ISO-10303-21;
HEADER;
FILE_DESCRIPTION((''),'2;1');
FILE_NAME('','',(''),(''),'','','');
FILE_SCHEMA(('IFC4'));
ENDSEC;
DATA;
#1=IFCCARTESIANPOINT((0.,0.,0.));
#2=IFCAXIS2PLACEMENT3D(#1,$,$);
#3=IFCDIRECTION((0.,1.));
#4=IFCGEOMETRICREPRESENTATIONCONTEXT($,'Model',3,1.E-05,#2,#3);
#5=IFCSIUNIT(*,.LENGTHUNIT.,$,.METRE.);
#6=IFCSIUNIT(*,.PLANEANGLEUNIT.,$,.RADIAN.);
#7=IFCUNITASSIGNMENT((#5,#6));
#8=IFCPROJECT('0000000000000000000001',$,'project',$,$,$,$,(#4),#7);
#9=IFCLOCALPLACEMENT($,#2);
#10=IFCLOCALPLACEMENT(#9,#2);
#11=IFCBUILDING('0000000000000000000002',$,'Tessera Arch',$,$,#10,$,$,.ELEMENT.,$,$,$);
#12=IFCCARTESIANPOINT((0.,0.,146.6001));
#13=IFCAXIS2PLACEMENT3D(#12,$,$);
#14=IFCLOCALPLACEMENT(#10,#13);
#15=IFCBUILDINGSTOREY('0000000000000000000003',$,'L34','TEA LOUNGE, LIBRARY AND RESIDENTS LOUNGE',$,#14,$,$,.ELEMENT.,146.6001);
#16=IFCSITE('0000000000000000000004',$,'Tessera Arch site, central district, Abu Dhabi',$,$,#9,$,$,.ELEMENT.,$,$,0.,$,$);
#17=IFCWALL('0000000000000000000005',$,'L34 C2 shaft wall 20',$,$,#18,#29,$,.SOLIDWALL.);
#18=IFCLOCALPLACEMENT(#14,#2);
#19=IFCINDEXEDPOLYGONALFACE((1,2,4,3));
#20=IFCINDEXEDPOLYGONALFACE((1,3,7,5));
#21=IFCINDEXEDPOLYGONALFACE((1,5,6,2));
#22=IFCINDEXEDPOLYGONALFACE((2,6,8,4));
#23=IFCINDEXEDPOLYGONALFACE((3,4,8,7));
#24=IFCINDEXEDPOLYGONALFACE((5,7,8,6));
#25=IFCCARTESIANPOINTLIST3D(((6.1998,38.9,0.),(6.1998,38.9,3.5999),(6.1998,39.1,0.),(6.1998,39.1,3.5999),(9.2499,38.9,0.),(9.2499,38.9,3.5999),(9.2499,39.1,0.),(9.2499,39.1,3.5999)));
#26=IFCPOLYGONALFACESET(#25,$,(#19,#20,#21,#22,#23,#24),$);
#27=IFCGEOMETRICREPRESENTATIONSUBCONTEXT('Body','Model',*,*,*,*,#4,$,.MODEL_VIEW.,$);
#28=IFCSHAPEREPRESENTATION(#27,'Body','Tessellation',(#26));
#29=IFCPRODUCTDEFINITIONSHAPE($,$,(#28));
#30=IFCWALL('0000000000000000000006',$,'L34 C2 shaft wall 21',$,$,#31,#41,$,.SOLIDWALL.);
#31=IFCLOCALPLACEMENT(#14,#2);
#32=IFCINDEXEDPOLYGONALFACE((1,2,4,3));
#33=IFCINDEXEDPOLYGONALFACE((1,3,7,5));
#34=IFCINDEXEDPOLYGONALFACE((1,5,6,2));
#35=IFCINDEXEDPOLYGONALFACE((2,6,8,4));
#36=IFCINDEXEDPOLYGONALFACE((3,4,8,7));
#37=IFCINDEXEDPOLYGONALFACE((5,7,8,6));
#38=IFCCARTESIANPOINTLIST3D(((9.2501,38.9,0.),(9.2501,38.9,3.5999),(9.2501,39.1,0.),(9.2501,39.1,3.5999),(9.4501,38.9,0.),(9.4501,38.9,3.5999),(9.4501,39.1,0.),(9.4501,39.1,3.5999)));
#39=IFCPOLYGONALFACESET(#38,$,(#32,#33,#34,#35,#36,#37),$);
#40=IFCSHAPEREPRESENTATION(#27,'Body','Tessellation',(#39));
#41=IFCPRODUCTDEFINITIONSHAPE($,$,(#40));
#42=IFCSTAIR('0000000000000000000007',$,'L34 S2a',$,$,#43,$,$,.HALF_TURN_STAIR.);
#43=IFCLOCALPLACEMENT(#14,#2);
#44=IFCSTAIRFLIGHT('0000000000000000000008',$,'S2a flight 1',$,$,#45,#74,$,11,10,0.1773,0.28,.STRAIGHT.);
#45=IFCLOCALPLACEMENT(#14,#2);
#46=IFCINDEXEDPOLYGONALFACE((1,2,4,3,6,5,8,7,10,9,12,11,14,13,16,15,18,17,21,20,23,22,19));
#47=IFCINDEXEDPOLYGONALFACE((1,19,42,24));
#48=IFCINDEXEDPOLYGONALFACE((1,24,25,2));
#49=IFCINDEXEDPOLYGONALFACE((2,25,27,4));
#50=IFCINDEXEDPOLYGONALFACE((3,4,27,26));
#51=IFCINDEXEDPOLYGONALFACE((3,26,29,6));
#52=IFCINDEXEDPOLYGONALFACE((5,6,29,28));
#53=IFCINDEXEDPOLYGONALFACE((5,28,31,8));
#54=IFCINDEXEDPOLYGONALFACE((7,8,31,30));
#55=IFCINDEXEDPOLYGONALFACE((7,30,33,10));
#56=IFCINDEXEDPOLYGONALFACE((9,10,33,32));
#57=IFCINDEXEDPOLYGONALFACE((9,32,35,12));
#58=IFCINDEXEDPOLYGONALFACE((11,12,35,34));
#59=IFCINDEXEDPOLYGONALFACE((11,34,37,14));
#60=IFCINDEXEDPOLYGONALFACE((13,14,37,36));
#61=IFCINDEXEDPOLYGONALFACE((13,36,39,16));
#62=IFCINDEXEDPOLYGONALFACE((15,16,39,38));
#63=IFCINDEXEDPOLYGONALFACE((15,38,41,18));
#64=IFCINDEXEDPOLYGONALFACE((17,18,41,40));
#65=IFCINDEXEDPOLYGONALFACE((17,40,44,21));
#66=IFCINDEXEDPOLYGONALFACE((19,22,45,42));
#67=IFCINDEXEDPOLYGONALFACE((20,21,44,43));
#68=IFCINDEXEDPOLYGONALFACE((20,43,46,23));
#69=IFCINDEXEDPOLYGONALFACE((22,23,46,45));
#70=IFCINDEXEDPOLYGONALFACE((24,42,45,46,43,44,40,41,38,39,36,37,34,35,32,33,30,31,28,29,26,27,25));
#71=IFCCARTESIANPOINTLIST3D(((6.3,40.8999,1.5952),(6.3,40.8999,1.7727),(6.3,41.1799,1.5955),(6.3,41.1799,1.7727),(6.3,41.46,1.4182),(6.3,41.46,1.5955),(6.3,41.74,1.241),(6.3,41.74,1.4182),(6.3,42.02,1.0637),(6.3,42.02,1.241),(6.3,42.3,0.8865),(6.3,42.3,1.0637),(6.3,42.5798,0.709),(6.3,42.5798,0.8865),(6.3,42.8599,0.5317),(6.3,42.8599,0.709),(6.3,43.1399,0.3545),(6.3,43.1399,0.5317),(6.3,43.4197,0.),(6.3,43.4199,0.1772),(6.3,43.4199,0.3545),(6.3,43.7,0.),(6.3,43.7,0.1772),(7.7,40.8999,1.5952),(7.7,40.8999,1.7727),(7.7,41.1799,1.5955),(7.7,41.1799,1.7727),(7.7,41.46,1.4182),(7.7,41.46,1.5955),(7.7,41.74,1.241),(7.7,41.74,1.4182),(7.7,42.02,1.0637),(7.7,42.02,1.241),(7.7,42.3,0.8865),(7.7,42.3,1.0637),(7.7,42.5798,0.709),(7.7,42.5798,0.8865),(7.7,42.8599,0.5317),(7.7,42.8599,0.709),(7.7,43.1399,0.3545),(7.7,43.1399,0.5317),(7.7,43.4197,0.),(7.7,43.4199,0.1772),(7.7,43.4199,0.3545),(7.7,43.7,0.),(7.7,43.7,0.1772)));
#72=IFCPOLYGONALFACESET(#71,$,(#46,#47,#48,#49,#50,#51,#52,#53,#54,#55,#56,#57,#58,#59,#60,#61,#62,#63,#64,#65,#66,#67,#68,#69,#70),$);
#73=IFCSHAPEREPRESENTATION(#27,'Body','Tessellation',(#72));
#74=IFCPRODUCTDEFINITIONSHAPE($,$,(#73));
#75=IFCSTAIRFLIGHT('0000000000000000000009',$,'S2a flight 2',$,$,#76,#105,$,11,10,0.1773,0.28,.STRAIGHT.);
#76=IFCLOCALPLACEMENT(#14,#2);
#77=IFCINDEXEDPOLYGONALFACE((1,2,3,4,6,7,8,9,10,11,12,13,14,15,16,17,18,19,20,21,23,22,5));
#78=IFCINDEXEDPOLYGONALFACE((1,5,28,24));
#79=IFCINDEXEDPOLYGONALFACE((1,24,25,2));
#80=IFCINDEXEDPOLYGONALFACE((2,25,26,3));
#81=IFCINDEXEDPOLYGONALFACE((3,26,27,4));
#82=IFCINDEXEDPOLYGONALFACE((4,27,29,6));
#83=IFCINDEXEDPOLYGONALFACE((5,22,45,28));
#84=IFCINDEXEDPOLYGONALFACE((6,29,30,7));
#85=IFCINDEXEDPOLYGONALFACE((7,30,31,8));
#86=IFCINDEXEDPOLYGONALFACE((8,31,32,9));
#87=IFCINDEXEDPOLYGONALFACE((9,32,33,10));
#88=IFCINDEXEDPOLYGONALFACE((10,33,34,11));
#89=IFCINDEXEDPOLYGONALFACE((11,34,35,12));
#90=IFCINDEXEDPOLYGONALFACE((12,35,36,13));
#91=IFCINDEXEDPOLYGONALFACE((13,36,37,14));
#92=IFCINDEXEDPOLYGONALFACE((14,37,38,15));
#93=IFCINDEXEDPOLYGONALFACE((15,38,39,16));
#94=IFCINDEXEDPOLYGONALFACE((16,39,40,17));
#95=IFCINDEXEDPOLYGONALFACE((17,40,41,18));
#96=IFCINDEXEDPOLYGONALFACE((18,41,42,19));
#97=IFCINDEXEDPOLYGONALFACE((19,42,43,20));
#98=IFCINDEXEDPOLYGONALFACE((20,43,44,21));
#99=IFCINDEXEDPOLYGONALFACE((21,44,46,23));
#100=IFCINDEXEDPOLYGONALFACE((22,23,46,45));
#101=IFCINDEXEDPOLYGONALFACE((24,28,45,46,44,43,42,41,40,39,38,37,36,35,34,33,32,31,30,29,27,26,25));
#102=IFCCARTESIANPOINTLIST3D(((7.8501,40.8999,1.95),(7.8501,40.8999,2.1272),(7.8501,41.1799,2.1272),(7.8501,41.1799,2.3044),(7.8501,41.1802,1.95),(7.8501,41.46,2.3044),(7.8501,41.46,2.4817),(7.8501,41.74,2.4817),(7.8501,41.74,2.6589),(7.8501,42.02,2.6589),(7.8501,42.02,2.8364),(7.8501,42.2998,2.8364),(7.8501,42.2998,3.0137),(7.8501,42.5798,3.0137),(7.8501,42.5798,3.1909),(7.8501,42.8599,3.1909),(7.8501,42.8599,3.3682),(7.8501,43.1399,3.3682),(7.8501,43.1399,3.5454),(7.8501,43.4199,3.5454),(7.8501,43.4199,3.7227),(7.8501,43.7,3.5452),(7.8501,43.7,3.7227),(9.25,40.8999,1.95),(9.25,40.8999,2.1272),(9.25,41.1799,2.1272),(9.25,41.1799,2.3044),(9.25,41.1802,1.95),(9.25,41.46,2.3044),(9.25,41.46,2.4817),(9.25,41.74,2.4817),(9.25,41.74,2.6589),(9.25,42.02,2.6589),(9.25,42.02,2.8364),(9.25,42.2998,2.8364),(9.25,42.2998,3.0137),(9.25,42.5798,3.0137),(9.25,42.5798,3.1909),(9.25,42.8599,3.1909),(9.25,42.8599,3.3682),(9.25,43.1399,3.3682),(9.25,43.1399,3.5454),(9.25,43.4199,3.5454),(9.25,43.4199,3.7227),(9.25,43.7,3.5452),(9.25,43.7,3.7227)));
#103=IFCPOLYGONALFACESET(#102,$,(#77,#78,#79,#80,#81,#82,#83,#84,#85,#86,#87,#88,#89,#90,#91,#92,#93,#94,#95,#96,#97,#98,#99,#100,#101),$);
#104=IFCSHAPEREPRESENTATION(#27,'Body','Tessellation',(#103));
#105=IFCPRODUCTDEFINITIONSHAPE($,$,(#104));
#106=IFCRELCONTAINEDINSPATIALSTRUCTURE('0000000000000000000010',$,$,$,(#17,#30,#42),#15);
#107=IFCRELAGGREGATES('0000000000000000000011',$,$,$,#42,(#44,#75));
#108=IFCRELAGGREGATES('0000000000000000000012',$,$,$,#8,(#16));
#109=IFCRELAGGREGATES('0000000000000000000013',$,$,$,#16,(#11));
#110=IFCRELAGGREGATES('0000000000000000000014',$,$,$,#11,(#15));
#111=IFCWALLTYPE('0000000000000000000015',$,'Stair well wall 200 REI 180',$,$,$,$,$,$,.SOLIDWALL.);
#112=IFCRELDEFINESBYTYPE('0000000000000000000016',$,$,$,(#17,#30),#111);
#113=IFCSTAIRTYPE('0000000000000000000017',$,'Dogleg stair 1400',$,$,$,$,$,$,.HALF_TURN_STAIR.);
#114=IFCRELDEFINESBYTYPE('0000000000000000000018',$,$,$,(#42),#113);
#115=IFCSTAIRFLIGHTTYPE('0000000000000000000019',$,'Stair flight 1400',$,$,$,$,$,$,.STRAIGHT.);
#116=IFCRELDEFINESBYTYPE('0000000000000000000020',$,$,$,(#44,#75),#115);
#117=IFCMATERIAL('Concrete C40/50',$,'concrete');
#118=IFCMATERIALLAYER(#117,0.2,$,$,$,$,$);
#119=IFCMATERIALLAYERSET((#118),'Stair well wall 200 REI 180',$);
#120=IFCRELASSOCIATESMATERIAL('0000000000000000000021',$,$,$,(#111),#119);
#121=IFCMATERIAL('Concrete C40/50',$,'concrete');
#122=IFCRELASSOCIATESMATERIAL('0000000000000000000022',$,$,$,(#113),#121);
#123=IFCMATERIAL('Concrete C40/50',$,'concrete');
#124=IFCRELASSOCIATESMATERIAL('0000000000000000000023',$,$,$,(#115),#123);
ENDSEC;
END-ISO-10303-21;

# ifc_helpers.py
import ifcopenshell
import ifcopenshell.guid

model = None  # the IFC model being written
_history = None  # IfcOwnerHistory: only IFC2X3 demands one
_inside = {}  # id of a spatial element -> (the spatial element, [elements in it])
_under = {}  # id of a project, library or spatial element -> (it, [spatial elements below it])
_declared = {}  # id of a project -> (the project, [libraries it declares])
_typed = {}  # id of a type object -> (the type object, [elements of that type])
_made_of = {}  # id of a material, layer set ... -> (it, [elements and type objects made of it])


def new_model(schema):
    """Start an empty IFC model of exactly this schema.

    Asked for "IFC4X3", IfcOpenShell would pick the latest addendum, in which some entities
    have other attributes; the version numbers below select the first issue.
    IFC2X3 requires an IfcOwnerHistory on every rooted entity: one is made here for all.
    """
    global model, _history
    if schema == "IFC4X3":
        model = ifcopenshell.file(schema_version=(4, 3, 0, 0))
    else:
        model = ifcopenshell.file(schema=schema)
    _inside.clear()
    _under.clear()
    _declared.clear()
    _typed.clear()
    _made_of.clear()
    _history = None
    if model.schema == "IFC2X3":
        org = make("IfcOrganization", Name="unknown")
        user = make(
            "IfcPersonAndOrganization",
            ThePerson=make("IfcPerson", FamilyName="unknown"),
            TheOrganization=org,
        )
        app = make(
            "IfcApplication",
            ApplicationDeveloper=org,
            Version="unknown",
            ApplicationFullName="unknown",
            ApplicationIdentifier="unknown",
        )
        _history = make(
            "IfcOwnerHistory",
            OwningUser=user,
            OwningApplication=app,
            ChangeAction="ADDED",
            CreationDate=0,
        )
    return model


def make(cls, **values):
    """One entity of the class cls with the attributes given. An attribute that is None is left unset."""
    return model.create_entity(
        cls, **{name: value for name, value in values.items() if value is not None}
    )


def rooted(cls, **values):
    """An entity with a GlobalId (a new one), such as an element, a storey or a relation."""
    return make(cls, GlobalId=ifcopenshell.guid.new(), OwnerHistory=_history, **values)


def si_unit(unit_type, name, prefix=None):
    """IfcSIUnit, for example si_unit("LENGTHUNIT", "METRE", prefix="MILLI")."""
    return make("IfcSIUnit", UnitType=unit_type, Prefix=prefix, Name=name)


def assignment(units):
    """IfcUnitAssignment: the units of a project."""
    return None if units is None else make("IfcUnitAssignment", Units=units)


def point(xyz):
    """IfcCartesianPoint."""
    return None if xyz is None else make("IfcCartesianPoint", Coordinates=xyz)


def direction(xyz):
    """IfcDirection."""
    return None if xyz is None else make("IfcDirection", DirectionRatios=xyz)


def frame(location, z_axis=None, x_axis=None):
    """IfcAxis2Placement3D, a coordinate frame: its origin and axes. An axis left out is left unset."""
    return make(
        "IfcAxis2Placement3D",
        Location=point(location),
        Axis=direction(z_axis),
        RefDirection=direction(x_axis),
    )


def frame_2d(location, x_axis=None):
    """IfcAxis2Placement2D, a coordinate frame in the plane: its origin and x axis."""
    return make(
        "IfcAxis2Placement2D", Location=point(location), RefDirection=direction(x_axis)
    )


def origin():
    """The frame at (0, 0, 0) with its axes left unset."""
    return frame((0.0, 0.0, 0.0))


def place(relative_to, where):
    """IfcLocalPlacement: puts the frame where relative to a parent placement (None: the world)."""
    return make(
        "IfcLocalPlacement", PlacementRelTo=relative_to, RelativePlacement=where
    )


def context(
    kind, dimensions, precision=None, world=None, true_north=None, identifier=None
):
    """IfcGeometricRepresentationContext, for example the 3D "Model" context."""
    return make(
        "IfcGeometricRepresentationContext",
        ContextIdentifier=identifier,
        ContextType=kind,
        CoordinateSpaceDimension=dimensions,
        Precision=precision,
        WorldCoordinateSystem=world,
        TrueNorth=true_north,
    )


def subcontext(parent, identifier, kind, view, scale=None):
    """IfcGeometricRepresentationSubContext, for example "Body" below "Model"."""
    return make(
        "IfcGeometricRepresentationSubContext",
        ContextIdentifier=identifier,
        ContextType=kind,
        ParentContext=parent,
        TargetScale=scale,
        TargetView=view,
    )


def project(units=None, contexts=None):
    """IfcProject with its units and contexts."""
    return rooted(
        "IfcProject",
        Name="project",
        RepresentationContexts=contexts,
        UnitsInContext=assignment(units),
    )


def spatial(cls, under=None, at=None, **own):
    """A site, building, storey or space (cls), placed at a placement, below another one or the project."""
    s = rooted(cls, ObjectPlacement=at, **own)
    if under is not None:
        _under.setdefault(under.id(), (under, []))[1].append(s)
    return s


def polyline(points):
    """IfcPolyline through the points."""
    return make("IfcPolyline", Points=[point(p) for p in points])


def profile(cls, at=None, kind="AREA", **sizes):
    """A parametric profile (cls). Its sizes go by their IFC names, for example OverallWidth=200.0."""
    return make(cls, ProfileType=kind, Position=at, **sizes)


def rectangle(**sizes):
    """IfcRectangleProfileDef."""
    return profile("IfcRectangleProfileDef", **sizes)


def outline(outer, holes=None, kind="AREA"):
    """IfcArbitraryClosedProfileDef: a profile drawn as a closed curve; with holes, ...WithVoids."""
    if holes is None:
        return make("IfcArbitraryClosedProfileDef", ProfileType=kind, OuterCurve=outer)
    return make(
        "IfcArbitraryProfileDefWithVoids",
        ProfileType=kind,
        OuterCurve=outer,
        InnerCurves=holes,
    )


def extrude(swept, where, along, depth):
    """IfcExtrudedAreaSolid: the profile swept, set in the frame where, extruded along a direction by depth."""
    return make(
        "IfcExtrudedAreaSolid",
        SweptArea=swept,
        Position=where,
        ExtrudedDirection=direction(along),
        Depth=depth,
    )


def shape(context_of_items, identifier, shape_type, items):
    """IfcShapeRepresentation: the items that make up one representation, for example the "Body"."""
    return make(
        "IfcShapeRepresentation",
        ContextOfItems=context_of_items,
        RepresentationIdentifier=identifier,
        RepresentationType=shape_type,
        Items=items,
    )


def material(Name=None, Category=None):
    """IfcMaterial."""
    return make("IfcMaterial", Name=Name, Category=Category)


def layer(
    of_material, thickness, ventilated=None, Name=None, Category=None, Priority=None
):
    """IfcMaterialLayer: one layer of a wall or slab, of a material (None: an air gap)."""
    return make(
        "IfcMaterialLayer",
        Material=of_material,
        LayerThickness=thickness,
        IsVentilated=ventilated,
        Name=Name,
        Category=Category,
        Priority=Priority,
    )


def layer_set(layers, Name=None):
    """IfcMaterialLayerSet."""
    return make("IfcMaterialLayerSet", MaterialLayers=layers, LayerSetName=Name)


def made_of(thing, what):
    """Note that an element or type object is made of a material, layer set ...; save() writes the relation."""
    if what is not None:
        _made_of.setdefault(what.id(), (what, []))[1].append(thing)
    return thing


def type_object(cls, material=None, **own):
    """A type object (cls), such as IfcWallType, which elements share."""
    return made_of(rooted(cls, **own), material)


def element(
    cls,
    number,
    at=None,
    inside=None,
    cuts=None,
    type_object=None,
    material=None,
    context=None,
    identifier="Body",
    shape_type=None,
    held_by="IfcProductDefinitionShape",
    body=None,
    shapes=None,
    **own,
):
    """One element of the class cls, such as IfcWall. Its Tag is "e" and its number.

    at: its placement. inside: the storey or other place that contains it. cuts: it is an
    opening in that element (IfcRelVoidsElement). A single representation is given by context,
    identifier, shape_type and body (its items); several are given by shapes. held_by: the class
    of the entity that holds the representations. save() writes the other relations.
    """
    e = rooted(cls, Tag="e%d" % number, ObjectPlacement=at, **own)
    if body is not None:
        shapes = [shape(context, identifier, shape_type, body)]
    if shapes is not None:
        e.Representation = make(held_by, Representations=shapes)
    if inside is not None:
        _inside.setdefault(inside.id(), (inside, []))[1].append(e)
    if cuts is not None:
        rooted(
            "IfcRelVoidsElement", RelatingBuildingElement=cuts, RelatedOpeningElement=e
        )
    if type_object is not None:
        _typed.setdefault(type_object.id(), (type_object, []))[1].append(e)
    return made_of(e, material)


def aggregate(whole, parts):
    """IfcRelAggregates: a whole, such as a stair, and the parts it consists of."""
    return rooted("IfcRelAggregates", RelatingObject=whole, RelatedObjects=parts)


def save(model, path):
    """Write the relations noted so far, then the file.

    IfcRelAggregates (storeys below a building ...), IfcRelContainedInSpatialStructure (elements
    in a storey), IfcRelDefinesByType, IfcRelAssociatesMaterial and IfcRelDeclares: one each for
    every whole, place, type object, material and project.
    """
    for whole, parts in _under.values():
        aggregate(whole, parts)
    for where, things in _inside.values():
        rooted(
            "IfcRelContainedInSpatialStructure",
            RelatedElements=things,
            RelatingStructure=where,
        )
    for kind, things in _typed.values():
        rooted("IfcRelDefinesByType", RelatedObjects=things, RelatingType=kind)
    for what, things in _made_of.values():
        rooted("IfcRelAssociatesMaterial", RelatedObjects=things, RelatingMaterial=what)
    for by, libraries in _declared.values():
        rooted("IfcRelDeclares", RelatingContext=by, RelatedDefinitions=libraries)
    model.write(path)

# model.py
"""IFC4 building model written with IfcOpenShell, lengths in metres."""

from ifc_helpers import new_model, si_unit, direction, frame, frame_2d, origin, place, context, subcontext, project, spatial, polyline, rectangle, outline, extrude, material, layer, layer_set, type_object, element, aggregate, save


model = new_model("IFC4")

# Units and contexts
model_context = context("Model", 3, precision=1e-05, world=origin(), true_north=direction((0.0, 1.0)))
body_context = subcontext(model_context, "Body", "Model", "MODEL_VIEW")
ifc_project = project(units=[si_unit("LENGTHUNIT", "METRE"), si_unit("PLANEANGLEUNIT", "RADIAN")], contexts=[model_context])

# Site, building, storey
site_placement = place(None, origin())
site = spatial("IfcSite", under=ifc_project, at=site_placement, Name="Tessera Arch site, central district, Abu Dhabi", CompositionType="ELEMENT", RefElevation=0.0)
building_placement = place(site_placement, origin())
building = spatial("IfcBuilding", under=site, at=building_placement, Name="Tessera Arch", CompositionType="ELEMENT")
storey_placement = place(building_placement, frame((0.0, 0.0, 146.6001)))
storey = spatial("IfcBuildingStorey", under=building, at=storey_placement, Name="L34", Description="TEA LOUNGE, LIBRARY AND RESIDENTS LOUNGE", CompositionType="ELEMENT", Elevation=146.6001)

# Walls
ifc_material_1 = material(Name="Concrete C40/50", Category="concrete")
ifc_layer_1 = layer(ifc_material_1, 0.2)
ifc_layer_set_1 = layer_set([ifc_layer_1], Name="Stair well wall 200 REI 180")
wall_type_1 = type_object("IfcWallType", Name="Stair well wall 200 REI 180", PredefinedType="SOLIDWALL", material=ifc_layer_set_1)
wall_1_placement = place(storey_placement, frame((6.2, 39.0, 0.0), z_axis=(0.0, 0.0, 1.0), x_axis=(1.0, 0.0, 0.0)))
element("IfcWall", 1, at=wall_1_placement, inside=storey, type_object=wall_type_1, Name="L34 C2 shaft wall 20", PredefinedType="SOLIDWALL", context=body_context, shape_type="SweptSolid", body=[
    extrude(rectangle(XDim=3.05, YDim=0.2, at=frame_2d((1.5249, 0.0))), origin(), (0.0, 0.0, 1.0), 3.5999),
])
wall_2_placement = place(storey_placement, frame((9.25, 39.0, 0.0), z_axis=(0.0, 0.0, 1.0), x_axis=(1.0, 0.0, 0.0)))
element("IfcWall", 2, at=wall_2_placement, inside=storey, type_object=wall_type_1, Name="L34 C2 shaft wall 21", PredefinedType="SOLIDWALL", context=body_context, shape_type="SweptSolid", body=[
    extrude(rectangle(XDim=0.2, YDim=0.2, at=frame_2d((0.1001, 0.0))), origin(), (0.0, 0.0, 1.0), 3.5999),
])

# Stair, stair flights
ifc_material_2 = material(Name="Concrete C40/50", Category="concrete")
stair_type = type_object("IfcStairType", Name="Dogleg stair 1400", PredefinedType="HALF_TURN_STAIR", material=ifc_material_2)
stair_placement = place(storey_placement, origin())
stair = element("IfcStair", 3, at=stair_placement, inside=storey, type_object=stair_type, Name="L34 S2a", PredefinedType="HALF_TURN_STAIR")
ifc_material_3 = material(Name="Concrete C40/50", Category="concrete")
stair_flight_type = type_object("IfcStairFlightType", Name="Stair flight 1400", PredefinedType="STRAIGHT", material=ifc_material_3)
stair_flight_1_placement = place(storey_placement, frame((7.0, 43.7, 0.0), z_axis=(0.0, 0.0, 1.0), x_axis=(0.0, -1.0, 0.0)))
stair_flight_1 = element("IfcStairFlight", 4, at=stair_flight_1_placement, type_object=stair_flight_type, Name="S2a flight 1", NumberOfRisers=11, NumberOfTreads=10, PredefinedType="STRAIGHT", RiserHeight=0.1773, TreadLength=0.28, context=body_context, shape_type="SweptSolid", body=[
    extrude(outline(polyline([(0.0, 0.0), (0.0, 0.1772), (0.28, 0.1772), (0.28, 0.3545), (0.5601, 0.3545), (0.5601, 0.5317), (0.8401, 0.5317), (0.8401, 0.709), (1.1201, 0.709), (1.1201, 0.8865), (1.3999, 0.8865), (1.3999, 1.0637), (1.6799, 1.0637), (1.6799, 1.241), (1.96, 1.241), (1.96, 1.4182), (2.24, 1.4182), (2.24, 1.5955), (2.52, 1.5955), (2.52, 1.7727), (2.8, 1.7727), (2.8, 1.95), (2.8, 1.5952), (0.2803, 0.0), (0.0, 0.0)])), frame((0.0, 0.7, 0.0), z_axis=(0.0, -1.0, 0.0), x_axis=(1.0, 0.0, 0.0)), (0.0, 0.0, 1.0), 1.3999),
])
stair_flight_2_placement = place(storey_placement, frame((8.55, 40.8999, 1.95), z_axis=(0.0, 0.0, 1.0), x_axis=(0.0, 1.0, 0.0)))
stair_flight_2 = element("IfcStairFlight", 5, at=stair_flight_2_placement, type_object=stair_flight_type, Name="S2a flight 2", NumberOfRisers=11, NumberOfTreads=10, PredefinedType="STRAIGHT", RiserHeight=0.1773, TreadLength=0.28, context=body_context, shape_type="SweptSolid", body=[
    extrude(outline(polyline([(0.0, 0.0), (0.0, 0.1772), (0.28, 0.1772), (0.28, 0.3545), (0.5601, 0.3545), (0.5601, 0.5317), (0.8401, 0.5317), (0.8401, 0.709), (1.1201, 0.709), (1.1201, 0.8865), (1.3999, 0.8865), (1.3999, 1.0637), (1.6799, 1.0637), (1.6799, 1.241), (1.96, 1.241), (1.96, 1.4182), (2.24, 1.4182), (2.24, 1.5955), (2.52, 1.5955), (2.52, 1.7727), (2.8, 1.7727), (2.8, 1.95), (2.8, 1.5952), (0.2803, 0.0), (0.0, 0.0)])), frame((0.0, 0.7, 0.0), z_axis=(0.0, -1.0, 0.0), x_axis=(1.0, 0.0, 0.0)), (0.0, 0.0, 1.0), 1.3999),
])
aggregate(stair, [stair_flight_1, stair_flight_2])

save(model, "model.ifc")
